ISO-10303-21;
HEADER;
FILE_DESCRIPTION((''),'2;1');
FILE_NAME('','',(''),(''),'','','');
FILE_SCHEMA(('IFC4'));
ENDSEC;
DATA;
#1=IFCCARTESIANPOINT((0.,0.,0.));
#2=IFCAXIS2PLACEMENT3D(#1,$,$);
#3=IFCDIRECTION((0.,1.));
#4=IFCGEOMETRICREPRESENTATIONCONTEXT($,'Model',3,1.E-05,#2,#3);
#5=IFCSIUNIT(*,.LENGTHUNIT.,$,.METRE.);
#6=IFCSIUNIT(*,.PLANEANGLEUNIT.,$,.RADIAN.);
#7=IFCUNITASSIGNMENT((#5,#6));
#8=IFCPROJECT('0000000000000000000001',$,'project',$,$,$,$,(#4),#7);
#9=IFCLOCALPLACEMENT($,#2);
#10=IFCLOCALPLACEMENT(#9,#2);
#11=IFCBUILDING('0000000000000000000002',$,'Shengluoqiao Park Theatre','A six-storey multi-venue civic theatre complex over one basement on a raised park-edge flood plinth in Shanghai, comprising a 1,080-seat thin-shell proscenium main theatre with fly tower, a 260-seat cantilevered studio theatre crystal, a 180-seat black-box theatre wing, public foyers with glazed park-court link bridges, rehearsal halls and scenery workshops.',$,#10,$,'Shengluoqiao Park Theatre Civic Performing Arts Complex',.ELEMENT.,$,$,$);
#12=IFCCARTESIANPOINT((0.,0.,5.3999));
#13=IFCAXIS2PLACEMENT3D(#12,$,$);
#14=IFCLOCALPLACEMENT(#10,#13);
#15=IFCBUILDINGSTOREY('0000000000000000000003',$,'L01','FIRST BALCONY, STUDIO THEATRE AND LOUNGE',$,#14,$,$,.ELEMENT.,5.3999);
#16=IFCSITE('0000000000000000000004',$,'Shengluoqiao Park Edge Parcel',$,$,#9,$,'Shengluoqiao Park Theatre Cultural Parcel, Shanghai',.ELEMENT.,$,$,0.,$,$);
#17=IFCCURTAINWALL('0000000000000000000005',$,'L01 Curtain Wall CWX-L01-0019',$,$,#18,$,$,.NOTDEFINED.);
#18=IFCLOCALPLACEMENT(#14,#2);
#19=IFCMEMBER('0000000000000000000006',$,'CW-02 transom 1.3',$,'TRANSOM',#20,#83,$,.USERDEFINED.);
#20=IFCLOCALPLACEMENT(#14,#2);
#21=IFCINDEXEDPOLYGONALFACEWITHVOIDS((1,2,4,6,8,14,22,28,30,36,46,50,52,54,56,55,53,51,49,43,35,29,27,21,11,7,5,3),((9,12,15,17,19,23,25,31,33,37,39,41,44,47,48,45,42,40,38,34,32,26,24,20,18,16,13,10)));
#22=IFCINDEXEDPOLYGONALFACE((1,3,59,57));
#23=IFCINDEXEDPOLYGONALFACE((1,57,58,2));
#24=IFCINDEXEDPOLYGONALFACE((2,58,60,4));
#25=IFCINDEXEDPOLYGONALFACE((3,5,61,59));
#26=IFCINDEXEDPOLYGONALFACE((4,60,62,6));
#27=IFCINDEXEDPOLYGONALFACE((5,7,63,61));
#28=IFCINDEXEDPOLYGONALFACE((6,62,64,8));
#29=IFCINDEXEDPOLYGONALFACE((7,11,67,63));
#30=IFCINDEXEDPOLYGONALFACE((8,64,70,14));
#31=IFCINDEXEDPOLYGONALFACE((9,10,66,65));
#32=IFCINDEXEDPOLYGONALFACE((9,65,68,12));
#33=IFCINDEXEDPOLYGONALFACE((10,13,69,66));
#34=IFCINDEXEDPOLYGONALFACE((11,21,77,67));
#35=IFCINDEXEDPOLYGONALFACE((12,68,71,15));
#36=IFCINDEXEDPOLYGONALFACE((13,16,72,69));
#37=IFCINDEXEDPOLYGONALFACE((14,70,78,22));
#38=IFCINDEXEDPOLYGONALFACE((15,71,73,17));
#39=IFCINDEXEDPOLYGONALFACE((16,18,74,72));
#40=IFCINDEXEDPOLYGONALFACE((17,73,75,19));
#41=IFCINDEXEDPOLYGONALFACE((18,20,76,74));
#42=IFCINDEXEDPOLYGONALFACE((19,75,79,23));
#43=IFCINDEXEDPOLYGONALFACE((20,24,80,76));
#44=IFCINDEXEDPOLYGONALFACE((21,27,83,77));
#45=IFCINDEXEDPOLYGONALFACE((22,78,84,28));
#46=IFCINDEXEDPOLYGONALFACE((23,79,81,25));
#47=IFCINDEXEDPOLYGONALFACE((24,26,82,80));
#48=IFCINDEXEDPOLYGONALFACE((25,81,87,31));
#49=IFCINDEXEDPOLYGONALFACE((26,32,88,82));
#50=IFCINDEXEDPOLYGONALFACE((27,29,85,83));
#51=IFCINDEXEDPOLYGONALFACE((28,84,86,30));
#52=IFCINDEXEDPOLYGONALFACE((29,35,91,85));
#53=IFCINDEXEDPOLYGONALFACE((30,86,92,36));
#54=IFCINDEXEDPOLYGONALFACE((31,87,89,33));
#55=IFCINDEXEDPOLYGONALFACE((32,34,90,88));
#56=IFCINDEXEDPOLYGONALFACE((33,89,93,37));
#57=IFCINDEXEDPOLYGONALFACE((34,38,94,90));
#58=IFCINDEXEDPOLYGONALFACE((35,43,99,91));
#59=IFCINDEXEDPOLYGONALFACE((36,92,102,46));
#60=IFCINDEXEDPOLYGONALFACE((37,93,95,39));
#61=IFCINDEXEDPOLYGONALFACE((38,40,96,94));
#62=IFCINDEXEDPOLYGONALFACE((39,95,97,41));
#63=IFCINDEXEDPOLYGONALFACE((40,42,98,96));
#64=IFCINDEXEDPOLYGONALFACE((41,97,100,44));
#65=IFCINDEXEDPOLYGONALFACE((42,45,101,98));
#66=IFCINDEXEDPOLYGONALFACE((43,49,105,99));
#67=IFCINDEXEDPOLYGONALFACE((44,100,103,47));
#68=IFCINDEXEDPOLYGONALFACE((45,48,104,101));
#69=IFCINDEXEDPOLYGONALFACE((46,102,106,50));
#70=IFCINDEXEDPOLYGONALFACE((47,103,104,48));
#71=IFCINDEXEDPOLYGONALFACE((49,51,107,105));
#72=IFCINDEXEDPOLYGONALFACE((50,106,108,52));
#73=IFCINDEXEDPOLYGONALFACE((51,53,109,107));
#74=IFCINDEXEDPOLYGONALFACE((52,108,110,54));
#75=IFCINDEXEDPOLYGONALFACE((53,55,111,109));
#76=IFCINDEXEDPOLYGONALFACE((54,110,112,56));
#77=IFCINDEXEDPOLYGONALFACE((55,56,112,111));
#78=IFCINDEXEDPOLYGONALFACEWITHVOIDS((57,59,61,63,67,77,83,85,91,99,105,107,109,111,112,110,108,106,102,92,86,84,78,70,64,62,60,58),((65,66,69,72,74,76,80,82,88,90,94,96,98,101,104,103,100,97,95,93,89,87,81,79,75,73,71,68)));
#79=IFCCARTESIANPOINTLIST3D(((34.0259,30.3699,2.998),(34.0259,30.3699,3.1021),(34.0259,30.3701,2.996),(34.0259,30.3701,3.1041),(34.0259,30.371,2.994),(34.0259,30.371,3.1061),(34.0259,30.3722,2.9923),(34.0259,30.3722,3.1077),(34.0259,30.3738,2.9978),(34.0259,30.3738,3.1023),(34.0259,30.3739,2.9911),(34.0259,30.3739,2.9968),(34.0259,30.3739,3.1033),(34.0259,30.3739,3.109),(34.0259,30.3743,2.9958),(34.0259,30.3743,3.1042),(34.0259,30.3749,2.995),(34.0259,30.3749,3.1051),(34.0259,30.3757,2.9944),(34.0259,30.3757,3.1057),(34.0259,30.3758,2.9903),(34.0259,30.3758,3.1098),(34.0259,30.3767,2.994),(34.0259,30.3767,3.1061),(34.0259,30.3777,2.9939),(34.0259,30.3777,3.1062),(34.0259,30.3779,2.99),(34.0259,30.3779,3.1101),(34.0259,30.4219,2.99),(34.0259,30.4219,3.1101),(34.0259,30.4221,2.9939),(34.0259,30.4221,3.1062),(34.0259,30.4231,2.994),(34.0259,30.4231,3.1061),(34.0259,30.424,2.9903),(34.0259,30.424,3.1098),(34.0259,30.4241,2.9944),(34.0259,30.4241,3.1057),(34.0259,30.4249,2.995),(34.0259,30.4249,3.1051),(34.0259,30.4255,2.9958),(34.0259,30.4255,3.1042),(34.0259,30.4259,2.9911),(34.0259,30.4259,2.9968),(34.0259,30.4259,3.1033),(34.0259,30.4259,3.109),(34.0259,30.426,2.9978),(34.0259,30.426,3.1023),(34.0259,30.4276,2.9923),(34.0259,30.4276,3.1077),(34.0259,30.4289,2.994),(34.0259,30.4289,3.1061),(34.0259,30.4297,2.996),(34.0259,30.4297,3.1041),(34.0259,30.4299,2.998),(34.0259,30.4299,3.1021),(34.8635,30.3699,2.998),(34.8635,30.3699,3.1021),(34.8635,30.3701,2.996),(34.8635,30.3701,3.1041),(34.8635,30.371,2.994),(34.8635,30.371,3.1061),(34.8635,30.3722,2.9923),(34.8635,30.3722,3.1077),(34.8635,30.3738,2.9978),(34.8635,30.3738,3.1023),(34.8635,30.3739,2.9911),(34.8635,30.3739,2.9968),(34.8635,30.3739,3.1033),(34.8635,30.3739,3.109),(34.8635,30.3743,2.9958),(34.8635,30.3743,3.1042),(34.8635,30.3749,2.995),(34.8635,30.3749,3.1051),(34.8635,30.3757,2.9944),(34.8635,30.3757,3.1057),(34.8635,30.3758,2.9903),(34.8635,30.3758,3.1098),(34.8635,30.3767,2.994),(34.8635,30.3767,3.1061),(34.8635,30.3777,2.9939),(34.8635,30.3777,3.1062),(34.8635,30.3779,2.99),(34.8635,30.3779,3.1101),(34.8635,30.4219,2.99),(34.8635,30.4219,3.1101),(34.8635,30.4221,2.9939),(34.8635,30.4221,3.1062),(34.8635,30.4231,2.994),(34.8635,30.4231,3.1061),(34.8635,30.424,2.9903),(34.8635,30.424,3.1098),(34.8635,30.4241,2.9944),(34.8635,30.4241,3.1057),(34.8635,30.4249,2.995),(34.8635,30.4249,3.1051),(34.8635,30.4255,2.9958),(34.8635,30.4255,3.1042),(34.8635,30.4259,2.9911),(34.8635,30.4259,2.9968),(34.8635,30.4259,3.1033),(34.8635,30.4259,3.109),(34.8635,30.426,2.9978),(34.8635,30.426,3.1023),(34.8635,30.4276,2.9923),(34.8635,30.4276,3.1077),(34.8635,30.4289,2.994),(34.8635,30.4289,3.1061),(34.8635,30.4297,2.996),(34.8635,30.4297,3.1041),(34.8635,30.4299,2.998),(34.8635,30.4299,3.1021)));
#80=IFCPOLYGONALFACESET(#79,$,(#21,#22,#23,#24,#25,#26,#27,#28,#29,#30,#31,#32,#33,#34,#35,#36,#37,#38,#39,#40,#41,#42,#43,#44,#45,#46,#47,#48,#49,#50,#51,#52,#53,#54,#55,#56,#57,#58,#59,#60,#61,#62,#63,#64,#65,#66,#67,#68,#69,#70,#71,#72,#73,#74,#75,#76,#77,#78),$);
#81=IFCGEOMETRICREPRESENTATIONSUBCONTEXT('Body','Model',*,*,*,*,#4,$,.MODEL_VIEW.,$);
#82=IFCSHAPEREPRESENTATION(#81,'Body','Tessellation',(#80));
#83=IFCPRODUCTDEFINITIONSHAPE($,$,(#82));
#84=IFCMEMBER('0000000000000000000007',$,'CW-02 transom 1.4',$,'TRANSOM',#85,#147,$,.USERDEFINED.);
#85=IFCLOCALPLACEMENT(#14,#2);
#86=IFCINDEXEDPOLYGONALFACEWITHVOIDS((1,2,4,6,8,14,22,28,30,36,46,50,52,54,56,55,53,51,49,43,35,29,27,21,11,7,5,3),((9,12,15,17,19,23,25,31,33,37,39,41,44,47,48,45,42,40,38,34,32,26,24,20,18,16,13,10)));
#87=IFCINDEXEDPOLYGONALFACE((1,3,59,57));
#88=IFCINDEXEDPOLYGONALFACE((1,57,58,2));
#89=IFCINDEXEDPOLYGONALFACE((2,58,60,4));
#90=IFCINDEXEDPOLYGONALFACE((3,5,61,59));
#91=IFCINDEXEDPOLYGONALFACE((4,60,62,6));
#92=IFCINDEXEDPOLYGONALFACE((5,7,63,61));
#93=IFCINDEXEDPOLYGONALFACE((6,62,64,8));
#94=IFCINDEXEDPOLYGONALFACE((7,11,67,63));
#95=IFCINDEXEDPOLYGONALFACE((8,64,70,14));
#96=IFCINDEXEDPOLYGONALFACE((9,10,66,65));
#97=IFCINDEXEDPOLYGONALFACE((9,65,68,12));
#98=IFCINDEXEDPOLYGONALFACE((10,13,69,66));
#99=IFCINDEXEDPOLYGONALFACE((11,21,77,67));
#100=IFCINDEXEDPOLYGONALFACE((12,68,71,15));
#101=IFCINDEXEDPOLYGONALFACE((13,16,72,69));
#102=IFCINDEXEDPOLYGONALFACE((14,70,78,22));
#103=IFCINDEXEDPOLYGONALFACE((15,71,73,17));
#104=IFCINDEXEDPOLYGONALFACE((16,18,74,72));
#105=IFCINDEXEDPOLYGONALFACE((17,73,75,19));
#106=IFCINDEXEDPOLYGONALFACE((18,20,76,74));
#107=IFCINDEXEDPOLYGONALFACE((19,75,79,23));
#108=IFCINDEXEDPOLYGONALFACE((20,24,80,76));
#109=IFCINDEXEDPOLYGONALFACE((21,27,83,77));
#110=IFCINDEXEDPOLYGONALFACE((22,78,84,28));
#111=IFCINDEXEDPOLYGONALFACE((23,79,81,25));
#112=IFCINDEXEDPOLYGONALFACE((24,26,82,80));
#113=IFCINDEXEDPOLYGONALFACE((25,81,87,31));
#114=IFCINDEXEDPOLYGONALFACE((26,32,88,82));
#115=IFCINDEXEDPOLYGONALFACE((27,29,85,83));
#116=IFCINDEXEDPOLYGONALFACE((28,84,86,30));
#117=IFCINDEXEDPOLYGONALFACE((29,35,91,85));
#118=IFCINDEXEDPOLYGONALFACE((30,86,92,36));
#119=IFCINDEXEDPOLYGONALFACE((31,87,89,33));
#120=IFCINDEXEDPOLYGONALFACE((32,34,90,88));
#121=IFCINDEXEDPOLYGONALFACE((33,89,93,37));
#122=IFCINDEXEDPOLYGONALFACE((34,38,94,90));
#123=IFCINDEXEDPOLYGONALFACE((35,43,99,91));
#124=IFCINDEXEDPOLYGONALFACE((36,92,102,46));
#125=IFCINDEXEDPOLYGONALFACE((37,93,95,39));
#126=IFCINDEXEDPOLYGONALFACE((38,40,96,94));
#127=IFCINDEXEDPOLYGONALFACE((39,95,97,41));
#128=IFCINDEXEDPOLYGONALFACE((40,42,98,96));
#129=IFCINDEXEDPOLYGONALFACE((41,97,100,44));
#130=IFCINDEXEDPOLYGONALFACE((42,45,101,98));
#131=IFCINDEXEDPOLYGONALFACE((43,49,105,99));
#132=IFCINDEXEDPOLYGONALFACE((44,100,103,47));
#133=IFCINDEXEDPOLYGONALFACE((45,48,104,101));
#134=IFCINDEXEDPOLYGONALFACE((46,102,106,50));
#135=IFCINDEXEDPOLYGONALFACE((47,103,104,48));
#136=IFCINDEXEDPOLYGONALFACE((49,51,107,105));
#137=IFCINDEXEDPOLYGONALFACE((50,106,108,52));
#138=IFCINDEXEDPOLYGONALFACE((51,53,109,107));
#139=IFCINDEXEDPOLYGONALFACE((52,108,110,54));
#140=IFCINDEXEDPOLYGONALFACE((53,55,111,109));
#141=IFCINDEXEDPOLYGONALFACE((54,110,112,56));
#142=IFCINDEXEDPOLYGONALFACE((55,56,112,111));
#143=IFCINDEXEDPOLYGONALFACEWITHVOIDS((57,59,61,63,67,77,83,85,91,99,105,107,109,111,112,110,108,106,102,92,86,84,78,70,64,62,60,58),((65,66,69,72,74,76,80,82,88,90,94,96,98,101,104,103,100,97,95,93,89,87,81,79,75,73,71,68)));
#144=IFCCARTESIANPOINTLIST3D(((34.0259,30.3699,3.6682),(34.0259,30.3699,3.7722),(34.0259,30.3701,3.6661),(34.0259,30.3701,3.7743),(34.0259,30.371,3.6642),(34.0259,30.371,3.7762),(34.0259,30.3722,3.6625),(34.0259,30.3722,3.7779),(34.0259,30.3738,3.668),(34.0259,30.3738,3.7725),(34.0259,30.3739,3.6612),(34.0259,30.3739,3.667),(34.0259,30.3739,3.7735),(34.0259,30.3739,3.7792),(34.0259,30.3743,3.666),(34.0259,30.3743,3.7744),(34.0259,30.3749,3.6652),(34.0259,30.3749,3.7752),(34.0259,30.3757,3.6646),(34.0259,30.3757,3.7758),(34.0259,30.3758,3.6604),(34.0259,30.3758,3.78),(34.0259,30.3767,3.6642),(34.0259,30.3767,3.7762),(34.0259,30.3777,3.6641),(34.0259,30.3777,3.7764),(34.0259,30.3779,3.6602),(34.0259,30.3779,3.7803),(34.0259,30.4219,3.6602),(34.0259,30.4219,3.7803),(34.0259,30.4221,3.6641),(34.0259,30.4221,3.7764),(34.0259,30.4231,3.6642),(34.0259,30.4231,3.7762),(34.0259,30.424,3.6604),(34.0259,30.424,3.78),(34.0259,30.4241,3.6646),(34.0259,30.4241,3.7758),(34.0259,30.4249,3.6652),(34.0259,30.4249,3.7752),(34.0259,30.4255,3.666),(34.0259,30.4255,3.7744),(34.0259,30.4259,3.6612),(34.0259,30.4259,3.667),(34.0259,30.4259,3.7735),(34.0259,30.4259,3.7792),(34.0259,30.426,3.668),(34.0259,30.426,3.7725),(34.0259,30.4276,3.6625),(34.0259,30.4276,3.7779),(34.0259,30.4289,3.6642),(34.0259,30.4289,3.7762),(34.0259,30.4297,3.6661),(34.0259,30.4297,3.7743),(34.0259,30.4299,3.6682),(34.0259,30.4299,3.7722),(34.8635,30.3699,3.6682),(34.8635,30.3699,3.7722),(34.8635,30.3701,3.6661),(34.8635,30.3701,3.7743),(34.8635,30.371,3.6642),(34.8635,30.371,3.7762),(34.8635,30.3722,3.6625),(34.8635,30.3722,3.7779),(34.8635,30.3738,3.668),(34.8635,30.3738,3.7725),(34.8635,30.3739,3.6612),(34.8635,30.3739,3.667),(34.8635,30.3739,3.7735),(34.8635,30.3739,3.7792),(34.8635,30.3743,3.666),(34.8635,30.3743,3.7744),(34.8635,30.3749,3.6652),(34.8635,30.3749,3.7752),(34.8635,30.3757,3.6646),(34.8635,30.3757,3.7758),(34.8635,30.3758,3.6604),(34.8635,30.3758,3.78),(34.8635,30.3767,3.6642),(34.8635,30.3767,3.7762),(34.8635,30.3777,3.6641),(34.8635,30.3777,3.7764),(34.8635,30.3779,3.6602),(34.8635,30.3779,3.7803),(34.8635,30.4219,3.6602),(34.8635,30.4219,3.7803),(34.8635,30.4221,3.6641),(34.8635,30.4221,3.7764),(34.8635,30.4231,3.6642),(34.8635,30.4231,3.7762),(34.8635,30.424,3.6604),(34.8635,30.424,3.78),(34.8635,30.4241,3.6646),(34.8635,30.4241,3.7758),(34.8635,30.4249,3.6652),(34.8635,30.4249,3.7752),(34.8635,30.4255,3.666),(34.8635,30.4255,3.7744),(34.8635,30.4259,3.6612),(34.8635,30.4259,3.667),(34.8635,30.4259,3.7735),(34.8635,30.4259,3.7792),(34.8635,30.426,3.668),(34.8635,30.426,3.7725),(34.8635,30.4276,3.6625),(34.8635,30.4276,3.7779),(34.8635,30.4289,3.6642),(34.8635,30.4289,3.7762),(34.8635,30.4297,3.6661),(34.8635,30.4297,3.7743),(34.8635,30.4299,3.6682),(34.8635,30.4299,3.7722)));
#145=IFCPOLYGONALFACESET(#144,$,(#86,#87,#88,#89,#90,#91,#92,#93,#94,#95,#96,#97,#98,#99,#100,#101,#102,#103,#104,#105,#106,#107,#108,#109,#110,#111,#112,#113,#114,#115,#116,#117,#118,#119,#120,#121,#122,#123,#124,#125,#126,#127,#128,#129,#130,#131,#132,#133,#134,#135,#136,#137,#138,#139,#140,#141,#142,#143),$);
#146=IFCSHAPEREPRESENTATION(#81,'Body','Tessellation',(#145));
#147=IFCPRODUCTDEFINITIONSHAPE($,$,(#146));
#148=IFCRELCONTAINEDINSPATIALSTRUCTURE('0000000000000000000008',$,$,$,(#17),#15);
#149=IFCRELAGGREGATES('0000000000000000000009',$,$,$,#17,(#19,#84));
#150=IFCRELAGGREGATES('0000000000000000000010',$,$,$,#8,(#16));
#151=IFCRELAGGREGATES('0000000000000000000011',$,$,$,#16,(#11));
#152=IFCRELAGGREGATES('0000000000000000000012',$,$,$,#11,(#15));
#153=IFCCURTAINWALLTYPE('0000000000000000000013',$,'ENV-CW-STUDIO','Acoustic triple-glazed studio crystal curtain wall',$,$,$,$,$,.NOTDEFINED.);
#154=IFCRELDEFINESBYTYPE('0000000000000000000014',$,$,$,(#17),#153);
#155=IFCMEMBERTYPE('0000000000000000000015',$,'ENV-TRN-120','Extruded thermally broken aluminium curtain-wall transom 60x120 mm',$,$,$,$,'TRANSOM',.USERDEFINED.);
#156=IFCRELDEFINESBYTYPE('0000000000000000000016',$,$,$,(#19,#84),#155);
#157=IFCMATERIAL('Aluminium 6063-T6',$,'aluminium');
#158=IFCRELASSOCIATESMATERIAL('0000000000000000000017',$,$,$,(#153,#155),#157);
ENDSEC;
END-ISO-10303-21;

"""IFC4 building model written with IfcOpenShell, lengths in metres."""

from ifc_helpers import new_model, si_unit, direction, frame, origin, origin_2d, place, context, subcontext, project, spatial, hollow_rectangle, extrude, material, material_profile, profile_set, type_object, element, aggregate, save


model = new_model("IFC4")

# Units and contexts
model_context = context("Model", 3, precision=1e-05, world=origin(), true_north=direction((0.0, 1.0)))
body_context = subcontext(model_context, "Body", "Model", "MODEL_VIEW")
ifc_project = project(units=[si_unit("LENGTHUNIT", "METRE"), si_unit("PLANEANGLEUNIT", "RADIAN")], contexts=[model_context])

# Site, building, storey
site_placement = place(None, origin())
site = spatial("IfcSite", under=ifc_project, at=site_placement, Name="Shengluoqiao Park Edge Parcel", LongName="Shengluoqiao Park Theatre Cultural Parcel, Shanghai", CompositionType="ELEMENT", RefElevation=0.0)
building_placement = place(site_placement, origin())
building = spatial("IfcBuilding", under=site, at=building_placement, Name="Shengluoqiao Park Theatre", Description="A six-storey multi-venue civic theatre complex over one basement on a raised park-edge flood plinth in Shanghai, comprising a 1,080-seat thin-shell proscenium main theatre with fly tower, a 260-seat cantilevered studio theatre crystal, a 180-seat black-box theatre wing, public foyers with glazed park-court link bridges, rehearsal halls and scenery workshops.", LongName="Shengluoqiao Park Theatre Civic Performing Arts Complex", CompositionType="ELEMENT")
storey_placement = place(building_placement, frame((0.0, 0.0, 5.3999)))
storey = spatial("IfcBuildingStorey", under=building, at=storey_placement, Name="L01", Description="FIRST BALCONY, STUDIO THEATRE AND LOUNGE", CompositionType="ELEMENT", Elevation=5.3999)

# Curtain wall, members
ifc_material_1 = material(Name="Aluminium 6063-T6", Category="aluminium")
curtain_wall_type_1 = type_object("IfcCurtainWallType", Name="ENV-CW-STUDIO", Description="Acoustic triple-glazed studio crystal curtain wall", PredefinedType="NOTDEFINED", material=ifc_material_1)
curtain_wall_1_placement = place(storey_placement, origin())
curtain_wall_1 = element("IfcCurtainWall", 1, at=curtain_wall_1_placement, inside=storey, type_object=curtain_wall_type_1, Name="L01 Curtain Wall CWX-L01-0019", PredefinedType="NOTDEFINED")
ifc_material_profile_1 = material_profile(ifc_material_1, hollow_rectangle(XDim=0.0601, YDim=0.1201, WallThickness=0.0039, InnerFilletRadius=0.0039, OuterFilletRadius=0.0081, at=origin_2d()), Name="ALU TRANSOM 120x60x4")
ifc_profile_set_1 = profile_set([ifc_material_profile_1], Name="Aluminium 6063-T6")
member_type_1 = type_object("IfcMemberType", Name="ENV-TRN-120", Description="Extruded thermally broken aluminium curtain-wall transom 60x120 mm", ElementType="TRANSOM", PredefinedType="USERDEFINED", material=ifc_profile_set_1)
member_1_placement = place(storey_placement, frame((34.0259, 30.3999, 3.05), z_axis=(1.0, 0.0, 0.0), x_axis=(0.0, 1.0, 0.0)))
member_1 = element("IfcMember", 2, at=member_1_placement, type_object=member_type_1, Name="CW-02 transom 1.3", ObjectType="TRANSOM", PredefinedType="USERDEFINED", context=body_context, shape_type="SweptSolid", body=[
    extrude(hollow_rectangle(XDim=0.0601, YDim=0.1201, WallThickness=0.0039, InnerFilletRadius=0.0039, OuterFilletRadius=0.0081, at=origin_2d()), origin(), (0.0, 0.0, 1.0), 0.8376),
])
member_2_placement = place(storey_placement, frame((34.0259, 30.3999, 3.7202), z_axis=(1.0, 0.0, 0.0), x_axis=(0.0, 1.0, 0.0)))
member_2 = element("IfcMember", 3, at=member_2_placement, type_object=member_type_1, Name="CW-02 transom 1.4", ObjectType="TRANSOM", PredefinedType="USERDEFINED", context=body_context, shape_type="SweptSolid", body=[
    extrude(hollow_rectangle(XDim=0.0601, YDim=0.1201, WallThickness=0.0039, InnerFilletRadius=0.0039, OuterFilletRadius=0.0081, at=origin_2d()), origin(), (0.0, 0.0, 1.0), 0.8376),
])

aggregate(curtain_wall_1, [member_1, member_2])

save(model, "model.ifc")
